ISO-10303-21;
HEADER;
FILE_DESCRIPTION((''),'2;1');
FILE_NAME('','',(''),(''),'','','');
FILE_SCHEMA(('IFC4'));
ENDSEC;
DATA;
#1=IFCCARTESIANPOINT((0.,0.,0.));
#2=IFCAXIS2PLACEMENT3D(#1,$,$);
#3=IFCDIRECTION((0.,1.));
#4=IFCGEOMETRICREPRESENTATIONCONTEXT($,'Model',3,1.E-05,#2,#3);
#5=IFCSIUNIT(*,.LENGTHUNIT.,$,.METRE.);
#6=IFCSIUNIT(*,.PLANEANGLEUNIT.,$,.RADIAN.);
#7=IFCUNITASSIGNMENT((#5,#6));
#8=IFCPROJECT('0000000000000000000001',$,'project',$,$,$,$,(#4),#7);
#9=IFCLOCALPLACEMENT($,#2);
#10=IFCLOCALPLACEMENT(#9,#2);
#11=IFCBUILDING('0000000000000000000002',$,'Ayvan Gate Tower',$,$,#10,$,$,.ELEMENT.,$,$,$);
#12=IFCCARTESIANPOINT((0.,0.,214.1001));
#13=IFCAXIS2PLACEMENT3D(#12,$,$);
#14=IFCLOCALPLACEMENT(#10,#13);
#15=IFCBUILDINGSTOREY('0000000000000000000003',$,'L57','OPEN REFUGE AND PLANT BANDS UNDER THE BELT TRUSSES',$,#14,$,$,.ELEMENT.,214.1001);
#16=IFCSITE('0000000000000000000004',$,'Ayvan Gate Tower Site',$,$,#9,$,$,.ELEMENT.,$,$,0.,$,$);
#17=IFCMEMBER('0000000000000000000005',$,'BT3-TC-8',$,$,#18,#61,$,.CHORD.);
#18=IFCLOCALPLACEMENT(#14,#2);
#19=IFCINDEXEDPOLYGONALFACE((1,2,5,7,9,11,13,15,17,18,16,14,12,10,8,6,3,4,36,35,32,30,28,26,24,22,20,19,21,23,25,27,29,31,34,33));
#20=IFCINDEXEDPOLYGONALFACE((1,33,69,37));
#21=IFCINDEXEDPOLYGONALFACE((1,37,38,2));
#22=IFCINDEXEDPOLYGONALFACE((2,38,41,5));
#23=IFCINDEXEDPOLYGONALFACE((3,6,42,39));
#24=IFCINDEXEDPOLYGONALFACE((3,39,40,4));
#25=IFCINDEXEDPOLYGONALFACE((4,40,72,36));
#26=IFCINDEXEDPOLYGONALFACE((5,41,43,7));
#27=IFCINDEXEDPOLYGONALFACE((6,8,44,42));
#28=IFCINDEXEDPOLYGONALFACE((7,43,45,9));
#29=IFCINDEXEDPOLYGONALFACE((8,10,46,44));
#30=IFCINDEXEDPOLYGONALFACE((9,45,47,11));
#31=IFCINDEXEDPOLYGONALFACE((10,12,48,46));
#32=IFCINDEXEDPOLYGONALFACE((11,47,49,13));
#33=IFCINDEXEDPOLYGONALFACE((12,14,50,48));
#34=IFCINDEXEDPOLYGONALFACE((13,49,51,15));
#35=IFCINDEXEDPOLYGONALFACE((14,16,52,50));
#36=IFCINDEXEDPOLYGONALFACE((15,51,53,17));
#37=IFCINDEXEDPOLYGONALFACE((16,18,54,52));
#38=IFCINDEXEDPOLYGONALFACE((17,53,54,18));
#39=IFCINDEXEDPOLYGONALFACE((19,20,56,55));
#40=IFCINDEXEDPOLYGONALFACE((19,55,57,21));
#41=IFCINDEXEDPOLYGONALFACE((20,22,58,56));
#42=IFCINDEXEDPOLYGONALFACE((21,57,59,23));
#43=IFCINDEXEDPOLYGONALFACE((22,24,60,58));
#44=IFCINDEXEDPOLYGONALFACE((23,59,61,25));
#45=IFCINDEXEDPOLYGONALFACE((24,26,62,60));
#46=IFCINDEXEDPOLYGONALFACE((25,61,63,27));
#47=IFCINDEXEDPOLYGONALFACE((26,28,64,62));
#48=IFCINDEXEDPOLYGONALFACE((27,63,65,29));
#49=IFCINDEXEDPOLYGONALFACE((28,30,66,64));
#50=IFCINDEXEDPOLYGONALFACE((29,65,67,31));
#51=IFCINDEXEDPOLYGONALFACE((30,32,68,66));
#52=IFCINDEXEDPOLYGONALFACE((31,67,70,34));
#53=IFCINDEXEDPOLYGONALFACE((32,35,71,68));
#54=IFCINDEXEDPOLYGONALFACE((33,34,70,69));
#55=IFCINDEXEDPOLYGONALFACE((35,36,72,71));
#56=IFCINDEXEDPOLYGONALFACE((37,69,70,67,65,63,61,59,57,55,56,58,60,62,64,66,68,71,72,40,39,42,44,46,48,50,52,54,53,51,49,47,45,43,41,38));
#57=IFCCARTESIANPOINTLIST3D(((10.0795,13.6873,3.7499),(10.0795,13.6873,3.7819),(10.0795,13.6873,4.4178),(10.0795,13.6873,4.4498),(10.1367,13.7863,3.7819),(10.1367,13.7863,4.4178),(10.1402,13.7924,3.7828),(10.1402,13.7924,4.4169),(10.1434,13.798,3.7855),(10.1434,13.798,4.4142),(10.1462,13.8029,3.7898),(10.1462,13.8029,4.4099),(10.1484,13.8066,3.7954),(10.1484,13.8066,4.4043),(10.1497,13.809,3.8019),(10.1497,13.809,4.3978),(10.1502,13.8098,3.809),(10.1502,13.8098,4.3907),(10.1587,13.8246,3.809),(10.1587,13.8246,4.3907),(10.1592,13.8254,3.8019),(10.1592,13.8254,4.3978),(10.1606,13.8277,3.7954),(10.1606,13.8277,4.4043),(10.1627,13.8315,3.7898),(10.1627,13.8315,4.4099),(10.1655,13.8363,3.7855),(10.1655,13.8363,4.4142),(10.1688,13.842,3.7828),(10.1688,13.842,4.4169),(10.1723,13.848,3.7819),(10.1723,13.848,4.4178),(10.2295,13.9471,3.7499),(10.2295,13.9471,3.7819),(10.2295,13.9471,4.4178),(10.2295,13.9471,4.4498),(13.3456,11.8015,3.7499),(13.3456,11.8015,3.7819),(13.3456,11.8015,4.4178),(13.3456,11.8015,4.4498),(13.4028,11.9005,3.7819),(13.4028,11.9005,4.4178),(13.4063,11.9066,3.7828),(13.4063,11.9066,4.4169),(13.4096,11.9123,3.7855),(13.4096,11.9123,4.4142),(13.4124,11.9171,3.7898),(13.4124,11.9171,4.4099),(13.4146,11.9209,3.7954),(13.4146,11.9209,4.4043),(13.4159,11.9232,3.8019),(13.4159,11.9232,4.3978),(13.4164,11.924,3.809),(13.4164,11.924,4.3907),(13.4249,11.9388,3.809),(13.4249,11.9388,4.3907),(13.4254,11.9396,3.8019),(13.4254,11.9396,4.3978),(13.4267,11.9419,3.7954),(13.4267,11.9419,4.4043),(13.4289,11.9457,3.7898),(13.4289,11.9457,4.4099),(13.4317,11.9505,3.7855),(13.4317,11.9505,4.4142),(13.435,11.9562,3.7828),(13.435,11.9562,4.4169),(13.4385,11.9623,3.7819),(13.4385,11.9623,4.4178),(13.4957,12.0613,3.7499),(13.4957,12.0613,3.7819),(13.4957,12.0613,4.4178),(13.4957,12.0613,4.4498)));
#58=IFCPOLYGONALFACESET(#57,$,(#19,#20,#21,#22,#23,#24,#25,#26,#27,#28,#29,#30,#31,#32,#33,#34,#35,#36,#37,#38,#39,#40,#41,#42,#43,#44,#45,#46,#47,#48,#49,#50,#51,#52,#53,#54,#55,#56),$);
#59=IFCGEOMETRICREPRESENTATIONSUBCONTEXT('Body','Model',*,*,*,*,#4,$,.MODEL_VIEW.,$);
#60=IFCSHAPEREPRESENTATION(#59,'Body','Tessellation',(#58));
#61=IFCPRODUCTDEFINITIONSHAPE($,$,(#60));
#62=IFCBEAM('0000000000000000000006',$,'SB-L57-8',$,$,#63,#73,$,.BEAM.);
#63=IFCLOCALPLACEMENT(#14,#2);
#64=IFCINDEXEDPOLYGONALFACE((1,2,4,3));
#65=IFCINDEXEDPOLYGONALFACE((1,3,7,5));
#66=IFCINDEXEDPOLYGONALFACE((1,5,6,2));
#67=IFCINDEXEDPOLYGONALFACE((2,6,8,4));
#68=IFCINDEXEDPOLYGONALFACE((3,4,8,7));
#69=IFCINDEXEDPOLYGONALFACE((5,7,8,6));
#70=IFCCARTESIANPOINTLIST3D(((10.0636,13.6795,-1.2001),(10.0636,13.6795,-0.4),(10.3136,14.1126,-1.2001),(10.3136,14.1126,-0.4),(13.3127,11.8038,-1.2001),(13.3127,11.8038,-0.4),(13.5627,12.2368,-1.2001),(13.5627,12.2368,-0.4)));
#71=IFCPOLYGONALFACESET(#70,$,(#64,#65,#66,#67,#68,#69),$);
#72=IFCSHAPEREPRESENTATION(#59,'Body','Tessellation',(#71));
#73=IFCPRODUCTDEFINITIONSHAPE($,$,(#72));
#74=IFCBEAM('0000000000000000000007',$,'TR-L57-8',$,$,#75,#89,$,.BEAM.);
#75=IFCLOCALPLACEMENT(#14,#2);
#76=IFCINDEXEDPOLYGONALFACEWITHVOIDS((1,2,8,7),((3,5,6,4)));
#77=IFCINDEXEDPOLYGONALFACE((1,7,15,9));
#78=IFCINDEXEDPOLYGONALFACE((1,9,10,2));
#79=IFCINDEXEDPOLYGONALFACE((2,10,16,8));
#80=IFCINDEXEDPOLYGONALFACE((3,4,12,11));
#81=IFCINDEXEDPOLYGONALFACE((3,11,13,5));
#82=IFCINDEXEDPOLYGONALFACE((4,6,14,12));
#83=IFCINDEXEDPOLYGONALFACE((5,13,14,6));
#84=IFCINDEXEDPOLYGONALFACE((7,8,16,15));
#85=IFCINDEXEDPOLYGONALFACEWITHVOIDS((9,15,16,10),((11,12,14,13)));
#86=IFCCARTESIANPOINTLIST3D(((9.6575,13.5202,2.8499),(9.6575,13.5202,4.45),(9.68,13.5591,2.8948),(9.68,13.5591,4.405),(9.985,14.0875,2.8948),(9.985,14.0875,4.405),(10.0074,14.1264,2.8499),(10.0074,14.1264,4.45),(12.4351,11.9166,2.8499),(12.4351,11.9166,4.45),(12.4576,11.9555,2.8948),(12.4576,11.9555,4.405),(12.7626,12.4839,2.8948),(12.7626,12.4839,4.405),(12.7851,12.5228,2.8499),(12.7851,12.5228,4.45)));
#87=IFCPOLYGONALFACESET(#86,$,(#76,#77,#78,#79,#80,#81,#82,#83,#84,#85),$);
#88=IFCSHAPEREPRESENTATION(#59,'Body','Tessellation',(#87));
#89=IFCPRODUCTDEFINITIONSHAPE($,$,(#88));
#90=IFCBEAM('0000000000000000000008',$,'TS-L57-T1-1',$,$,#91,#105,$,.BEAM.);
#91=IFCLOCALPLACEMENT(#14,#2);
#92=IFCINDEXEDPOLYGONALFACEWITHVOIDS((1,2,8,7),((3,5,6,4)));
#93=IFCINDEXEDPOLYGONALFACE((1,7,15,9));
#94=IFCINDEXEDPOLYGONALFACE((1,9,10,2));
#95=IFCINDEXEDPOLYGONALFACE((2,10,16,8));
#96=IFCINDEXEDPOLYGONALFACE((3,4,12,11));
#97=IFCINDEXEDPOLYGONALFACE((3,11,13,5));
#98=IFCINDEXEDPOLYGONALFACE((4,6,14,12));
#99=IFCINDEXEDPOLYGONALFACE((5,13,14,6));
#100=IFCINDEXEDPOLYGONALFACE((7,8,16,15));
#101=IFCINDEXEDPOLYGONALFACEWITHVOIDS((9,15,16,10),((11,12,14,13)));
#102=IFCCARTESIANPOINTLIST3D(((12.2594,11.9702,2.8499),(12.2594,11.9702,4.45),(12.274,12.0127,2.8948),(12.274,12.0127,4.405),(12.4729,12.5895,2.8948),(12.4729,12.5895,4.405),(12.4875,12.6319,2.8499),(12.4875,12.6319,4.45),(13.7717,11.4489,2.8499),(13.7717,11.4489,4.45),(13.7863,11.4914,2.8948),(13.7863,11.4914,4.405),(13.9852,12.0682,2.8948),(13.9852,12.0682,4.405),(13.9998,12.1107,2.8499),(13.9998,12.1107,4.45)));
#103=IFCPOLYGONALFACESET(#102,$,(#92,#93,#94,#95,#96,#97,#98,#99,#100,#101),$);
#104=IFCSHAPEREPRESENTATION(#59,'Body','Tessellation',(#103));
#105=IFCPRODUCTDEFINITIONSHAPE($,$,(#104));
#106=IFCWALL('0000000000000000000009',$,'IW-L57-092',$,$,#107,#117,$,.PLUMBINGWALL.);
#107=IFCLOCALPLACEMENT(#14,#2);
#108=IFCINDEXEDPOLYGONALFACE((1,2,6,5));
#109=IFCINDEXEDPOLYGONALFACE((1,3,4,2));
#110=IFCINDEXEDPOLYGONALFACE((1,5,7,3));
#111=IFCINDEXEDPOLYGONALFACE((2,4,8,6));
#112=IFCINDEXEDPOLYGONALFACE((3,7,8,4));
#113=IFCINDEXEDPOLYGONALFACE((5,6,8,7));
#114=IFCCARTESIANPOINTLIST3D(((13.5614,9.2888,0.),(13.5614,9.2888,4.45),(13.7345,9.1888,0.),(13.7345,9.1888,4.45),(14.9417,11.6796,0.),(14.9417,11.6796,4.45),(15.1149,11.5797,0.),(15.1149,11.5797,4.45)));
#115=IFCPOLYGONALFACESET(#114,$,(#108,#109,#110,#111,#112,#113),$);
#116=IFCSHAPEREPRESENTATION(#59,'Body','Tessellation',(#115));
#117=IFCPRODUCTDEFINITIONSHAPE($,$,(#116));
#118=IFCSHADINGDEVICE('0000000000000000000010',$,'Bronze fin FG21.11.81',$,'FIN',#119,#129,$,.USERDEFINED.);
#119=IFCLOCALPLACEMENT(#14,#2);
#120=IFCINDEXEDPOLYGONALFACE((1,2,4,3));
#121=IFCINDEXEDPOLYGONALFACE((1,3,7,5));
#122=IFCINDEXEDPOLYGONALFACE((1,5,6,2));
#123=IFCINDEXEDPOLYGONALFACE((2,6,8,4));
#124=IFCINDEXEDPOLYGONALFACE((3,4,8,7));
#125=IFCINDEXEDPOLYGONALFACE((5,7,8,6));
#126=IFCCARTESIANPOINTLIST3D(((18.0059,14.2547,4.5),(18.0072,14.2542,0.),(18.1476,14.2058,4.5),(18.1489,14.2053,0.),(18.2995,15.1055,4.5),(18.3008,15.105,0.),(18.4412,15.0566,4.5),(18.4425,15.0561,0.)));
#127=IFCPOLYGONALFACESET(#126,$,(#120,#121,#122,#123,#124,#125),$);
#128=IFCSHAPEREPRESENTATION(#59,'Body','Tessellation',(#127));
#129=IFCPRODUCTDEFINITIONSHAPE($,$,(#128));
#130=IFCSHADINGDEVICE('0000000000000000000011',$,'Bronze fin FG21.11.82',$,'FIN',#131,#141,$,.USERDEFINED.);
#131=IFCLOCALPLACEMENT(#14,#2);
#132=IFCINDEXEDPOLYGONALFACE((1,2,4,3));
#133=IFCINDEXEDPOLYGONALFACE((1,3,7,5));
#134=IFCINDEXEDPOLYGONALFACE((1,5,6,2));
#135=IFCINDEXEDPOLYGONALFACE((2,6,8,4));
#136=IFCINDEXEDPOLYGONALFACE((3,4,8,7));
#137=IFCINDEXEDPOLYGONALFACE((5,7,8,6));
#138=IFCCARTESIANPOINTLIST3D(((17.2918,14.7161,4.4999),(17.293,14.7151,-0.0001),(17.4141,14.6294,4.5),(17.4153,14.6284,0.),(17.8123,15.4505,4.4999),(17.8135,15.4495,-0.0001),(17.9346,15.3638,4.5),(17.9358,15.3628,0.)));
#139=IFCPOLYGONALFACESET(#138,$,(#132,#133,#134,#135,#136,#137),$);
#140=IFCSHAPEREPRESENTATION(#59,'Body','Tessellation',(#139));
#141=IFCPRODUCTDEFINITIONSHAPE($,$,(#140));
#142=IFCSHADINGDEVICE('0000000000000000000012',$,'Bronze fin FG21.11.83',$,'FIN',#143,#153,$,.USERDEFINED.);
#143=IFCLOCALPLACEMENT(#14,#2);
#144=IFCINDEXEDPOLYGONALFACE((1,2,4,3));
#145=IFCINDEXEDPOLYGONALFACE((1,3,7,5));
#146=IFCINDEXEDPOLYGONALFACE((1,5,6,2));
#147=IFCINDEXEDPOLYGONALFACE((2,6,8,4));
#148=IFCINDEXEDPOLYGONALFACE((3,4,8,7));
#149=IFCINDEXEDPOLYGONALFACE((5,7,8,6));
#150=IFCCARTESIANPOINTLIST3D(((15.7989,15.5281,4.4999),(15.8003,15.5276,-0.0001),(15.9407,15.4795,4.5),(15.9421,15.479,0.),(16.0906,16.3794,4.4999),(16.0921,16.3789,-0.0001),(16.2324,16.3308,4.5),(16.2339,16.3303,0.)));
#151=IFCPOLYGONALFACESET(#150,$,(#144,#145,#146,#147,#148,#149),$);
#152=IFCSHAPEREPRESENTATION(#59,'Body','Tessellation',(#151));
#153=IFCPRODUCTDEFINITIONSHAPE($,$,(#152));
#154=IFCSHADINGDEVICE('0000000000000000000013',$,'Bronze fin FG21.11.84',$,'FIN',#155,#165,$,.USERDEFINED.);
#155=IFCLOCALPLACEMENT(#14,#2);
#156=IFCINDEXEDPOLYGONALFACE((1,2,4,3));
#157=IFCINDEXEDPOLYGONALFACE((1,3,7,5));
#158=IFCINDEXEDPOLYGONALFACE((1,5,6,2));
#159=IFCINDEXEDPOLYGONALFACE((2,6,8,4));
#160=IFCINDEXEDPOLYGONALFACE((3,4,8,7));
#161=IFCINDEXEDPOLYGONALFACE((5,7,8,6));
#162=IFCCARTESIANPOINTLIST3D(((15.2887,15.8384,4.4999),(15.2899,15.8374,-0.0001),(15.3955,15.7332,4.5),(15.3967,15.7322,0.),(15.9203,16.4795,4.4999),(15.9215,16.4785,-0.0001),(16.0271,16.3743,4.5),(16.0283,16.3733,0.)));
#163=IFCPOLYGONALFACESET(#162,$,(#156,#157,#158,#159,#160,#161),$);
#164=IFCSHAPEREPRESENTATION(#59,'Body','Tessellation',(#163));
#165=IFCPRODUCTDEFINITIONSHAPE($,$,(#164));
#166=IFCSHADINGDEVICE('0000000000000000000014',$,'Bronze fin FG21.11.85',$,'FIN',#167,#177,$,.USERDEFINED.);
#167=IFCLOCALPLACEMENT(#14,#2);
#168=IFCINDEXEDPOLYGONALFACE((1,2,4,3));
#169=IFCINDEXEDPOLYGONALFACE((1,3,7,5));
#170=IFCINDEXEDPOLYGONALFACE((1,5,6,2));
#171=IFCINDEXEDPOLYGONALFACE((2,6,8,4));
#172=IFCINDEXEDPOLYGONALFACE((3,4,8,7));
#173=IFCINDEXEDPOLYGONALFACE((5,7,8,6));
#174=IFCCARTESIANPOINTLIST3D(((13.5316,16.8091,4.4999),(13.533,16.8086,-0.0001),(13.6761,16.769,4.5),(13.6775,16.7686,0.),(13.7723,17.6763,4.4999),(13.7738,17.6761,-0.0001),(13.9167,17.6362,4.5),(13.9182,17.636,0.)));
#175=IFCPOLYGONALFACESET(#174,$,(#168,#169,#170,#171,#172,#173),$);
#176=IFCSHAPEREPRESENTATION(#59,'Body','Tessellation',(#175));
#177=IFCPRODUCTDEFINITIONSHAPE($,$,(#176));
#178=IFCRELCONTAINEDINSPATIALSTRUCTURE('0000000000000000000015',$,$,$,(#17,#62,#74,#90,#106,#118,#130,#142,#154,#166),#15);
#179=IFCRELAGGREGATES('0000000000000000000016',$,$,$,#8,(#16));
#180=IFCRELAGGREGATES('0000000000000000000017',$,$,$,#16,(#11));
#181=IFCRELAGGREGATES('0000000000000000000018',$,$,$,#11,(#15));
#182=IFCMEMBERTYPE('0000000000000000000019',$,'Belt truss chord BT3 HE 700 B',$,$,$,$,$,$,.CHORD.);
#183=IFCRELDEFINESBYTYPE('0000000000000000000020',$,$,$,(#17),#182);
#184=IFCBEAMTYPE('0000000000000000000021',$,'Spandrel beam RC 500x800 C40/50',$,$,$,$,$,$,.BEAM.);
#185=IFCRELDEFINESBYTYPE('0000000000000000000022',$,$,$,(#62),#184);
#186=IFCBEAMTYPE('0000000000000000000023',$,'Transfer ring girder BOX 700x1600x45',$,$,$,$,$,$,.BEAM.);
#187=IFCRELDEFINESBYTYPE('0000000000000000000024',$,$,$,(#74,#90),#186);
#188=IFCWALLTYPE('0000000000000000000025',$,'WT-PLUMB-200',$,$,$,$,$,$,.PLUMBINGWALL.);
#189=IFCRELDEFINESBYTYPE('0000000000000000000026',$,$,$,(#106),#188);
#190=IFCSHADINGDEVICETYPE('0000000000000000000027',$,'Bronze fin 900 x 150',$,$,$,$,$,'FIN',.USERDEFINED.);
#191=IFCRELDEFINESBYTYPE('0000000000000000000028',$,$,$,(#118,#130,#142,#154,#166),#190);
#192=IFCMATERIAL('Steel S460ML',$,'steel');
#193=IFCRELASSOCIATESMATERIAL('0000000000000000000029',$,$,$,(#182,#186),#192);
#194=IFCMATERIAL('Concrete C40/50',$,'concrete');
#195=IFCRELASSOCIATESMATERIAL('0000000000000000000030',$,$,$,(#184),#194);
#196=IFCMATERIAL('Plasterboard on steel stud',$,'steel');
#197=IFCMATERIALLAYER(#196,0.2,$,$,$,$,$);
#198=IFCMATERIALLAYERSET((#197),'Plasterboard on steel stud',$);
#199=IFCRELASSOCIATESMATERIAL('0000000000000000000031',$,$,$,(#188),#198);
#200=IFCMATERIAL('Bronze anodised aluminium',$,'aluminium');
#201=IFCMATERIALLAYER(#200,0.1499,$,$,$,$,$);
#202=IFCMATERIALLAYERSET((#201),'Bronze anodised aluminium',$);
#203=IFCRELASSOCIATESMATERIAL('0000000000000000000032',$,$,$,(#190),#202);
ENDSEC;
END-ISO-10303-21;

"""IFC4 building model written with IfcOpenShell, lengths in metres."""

from ifc_helpers import new_model, si_unit, direction, frame, frame_2d, origin, origin_2d, place, context, subcontext, project, spatial, polyline, rectangle, hollow_rectangle, i_section, outline, extrude, material, layer, layer_set, material_profile, profile_set, type_object, element, save


model = new_model("IFC4")

# Units and contexts
model_context = context("Model", 3, precision=1e-05, world=origin(), true_north=direction((0.0, 1.0)))
body_context = subcontext(model_context, "Body", "Model", "MODEL_VIEW")
ifc_project = project(units=[si_unit("LENGTHUNIT", "METRE"), si_unit("PLANEANGLEUNIT", "RADIAN")], contexts=[model_context])

# Site, building, storey
site_placement = place(None, origin())
site = spatial("IfcSite", under=ifc_project, at=site_placement, Name="Ayvan Gate Tower Site", CompositionType="ELEMENT", RefElevation=0.0)
building_placement = place(site_placement, origin())
building = spatial("IfcBuilding", under=site, at=building_placement, Name="Ayvan Gate Tower", CompositionType="ELEMENT")
storey_placement = place(building_placement, frame((0.0, 0.0, 214.1001)))
storey = spatial("IfcBuildingStorey", under=building, at=storey_placement, Name="L57", Description="OPEN REFUGE AND PLANT BANDS UNDER THE BELT TRUSSES", CompositionType="ELEMENT", Elevation=214.1001)

# Member
ifc_material_1 = material(Name="Steel S460ML", Category="steel")
ifc_material_profile_1 = material_profile(ifc_material_1, i_section(OverallWidth=0.3, OverallDepth=0.7, WebThickness=0.0171, FlangeThickness=0.032, FilletRadius=0.0271, at=origin_2d()), Name="HE 700 B")
ifc_profile_set_1 = profile_set([ifc_material_profile_1], Name="Steel S460ML")
member_type_1 = type_object("IfcMemberType", Name="Belt truss chord BT3 HE 700 B", PredefinedType="CHORD", material=ifc_profile_set_1)
member_1_placement = place(storey_placement, frame((13.4207, 11.9314, 4.0999), z_axis=(-0.86602, 0.50001, 0.0), x_axis=(-0.50001, -0.86602, 0.0)))
element("IfcMember", 1, at=member_1_placement, inside=storey, type_object=member_type_1, Name="BT3-TC-8", PredefinedType="CHORD", context=body_context, shape_type="SweptSolid", body=[
    extrude(i_section(OverallWidth=0.3, OverallDepth=0.7, WebThickness=0.0171, FlangeThickness=0.032, FilletRadius=0.0271, at=origin_2d()), origin(), (0.0, 0.0, 1.0), 3.7715),
])

# Beams
ifc_material_2 = material(Name="Concrete C40/50", Category="concrete")
ifc_material_profile_2 = material_profile(ifc_material_2, rectangle(XDim=0.5, YDim=0.8, at=origin_2d()), Name="RC 500x800")
ifc_profile_set_2 = profile_set([ifc_material_profile_2], Name="Concrete C40/50")
beam_type_1 = type_object("IfcBeamType", Name="Spandrel beam RC 500x800 C40/50", PredefinedType="BEAM", material=ifc_profile_set_2)
beam_1_placement = place(storey_placement, frame((13.4377, 12.0203, -0.8), z_axis=(-0.866036, 0.499982, 0.0), x_axis=(-0.499982, -0.866036, 0.0)))
element("IfcBeam", 2, at=beam_1_placement, inside=storey, type_object=beam_type_1, Name="SB-L57-8", PredefinedType="BEAM", context=body_context, shape_type="SweptSolid", body=[
    extrude(rectangle(XDim=0.5, YDim=0.8, at=origin_2d()), origin(), (0.0, 0.0, 1.0), 3.7517),
])
ifc_material_profile_3 = material_profile(ifc_material_1, hollow_rectangle(XDim=0.7, YDim=1.6001, WallThickness=0.0449, at=origin_2d()), Name="BOX 700x1600x45")
ifc_profile_set_3 = profile_set([ifc_material_profile_3], Name="Steel S460ML")
beam_type_2 = type_object("IfcBeamType", Name="Transfer ring girder BOX 700x1600x45", PredefinedType="BEAM", material=ifc_profile_set_3)
beam_2_placement = place(storey_placement, frame((12.6101, 12.2197, 3.6499), z_axis=(-0.866042, 0.499971, 0.0), x_axis=(-0.499971, -0.866042, 0.0)))
element("IfcBeam", 3, at=beam_2_placement, inside=storey, type_object=beam_type_2, Name="TR-L57-8", PredefinedType="BEAM", context=body_context, shape_type="SweptSolid", body=[
    extrude(hollow_rectangle(XDim=0.7, YDim=1.6001, WallThickness=0.0449, at=origin_2d()), origin(), (0.0, 0.0, 1.0), 3.2073),
])
beam_3_placement = place(storey_placement, frame((13.8857, 11.7798, 3.6499), z_axis=(-0.945414, 0.325873, 0.0), x_axis=(-0.325873, -0.945414, 0.0)))
element("IfcBeam", 4, at=beam_3_placement, inside=storey, type_object=beam_type_2, Name="TS-L57-T1-1", PredefinedType="BEAM", context=body_context, shape_type="SweptSolid", body=[
    extrude(hollow_rectangle(XDim=0.7, YDim=1.6001, WallThickness=0.0449, at=origin_2d()), origin(), (0.0, 0.0, 1.0), 1.5996),
])

# Wall
ifc_material_3 = material(Name="Plasterboard on steel stud", Category="steel")
ifc_layer_1 = layer(ifc_material_3, 0.2)
ifc_layer_set_1 = layer_set([ifc_layer_1], Name="Plasterboard on steel stud")
wall_type = type_object("IfcWallType", Name="WT-PLUMB-200", PredefinedType="PLUMBINGWALL", material=ifc_layer_set_1)
wall_placement = place(storey_placement, frame((15.0283, 11.6296, 0.0), z_axis=(0.0, 0.0, 1.0), x_axis=(-0.500001, -0.866025, 0.0)))
element("IfcWall", 5, at=wall_placement, inside=storey, type_object=wall_type, Name="IW-L57-092", PredefinedType="PLUMBINGWALL", context=body_context, shape_type="SweptSolid", body=[
    extrude(rectangle(XDim=2.7607, YDim=0.2, at=frame_2d((1.3804, 0.0))), origin(), (0.0, 0.0, 1.0), 4.45),
])

# Shading devices
ifc_material_4 = material(Name="Bronze anodised aluminium", Category="aluminium")
ifc_layer_2 = layer(ifc_material_4, 0.1499)
ifc_layer_set_2 = layer_set([ifc_layer_2], Name="Bronze anodised aluminium")
shading_device_type = type_object("IfcShadingDeviceType", Name="Bronze fin 900 x 150", ElementType="FIN", PredefinedType="USERDEFINED", material=ifc_layer_set_2)
shading_device_1_placement = place(storey_placement, frame((18.1489, 14.2053, 0.0), z_axis=(0.945308, -0.326179, 0.000317), x_axis=(0.326179, 0.945308, 0.0)))
element("IfcShadingDevice", 6, at=shading_device_1_placement, inside=storey, type_object=shading_device_type, Name="Bronze fin FG21.11.81", ObjectType="FIN", PredefinedType="USERDEFINED", context=body_context, shape_type="SweptSolid", body=[
    extrude(outline(polyline([(0.0, 0.0), (0.9, 0.0), (0.9001, 4.5), (0.0, 4.5), (0.0, 0.0)])), origin(), (0.0, 0.0, -1.0), 0.1499),
])
shading_device_2_placement = place(storey_placement, frame((17.4153, 14.6284, 0.0), z_axis=(0.815854, -0.578258, 0.000347), x_axis=(0.578258, 0.815854, 0.0)))
element("IfcShadingDevice", 7, at=shading_device_2_placement, inside=storey, type_object=shading_device_type, Name="Bronze fin FG21.11.82", ObjectType="FIN", PredefinedType="USERDEFINED", context=body_context, shape_type="SweptSolid", body=[
    extrude(outline(polyline([(0.0, 0.0), (0.9001, 0.0), (0.9002, 4.5), (0.0001, 4.5), (0.0, 0.0)])), origin(), (0.0, 0.0, -1.0), 0.1499),
])
shading_device_3_placement = place(storey_placement, frame((15.9421, 15.479, 0.0), z_axis=(0.945991, -0.324193, 0.000343), x_axis=(0.324193, 0.945991, 0.0)))
element("IfcShadingDevice", 8, at=shading_device_3_placement, inside=storey, type_object=shading_device_type, Name="Bronze fin FG21.11.83", ObjectType="FIN", PredefinedType="USERDEFINED", context=body_context, shape_type="SweptSolid", body=[
    extrude(outline(polyline([(0.0, 0.0), (0.8999, 0.0), (0.8999, 4.5), (0.0, 4.5), (0.0, 0.0)])), origin(), (0.0, 0.0, -1.0), 0.1499),
])
shading_device_4_placement = place(storey_placement, frame((15.3967, 15.7322, 0.0), z_axis=(0.712377, -0.701797, 0.000346), x_axis=(0.701797, 0.712377, 0.0)))
element("IfcShadingDevice", 9, at=shading_device_4_placement, inside=storey, type_object=shading_device_type, Name="Bronze fin FG21.11.84", ObjectType="FIN", PredefinedType="USERDEFINED", context=body_context, shape_type="SweptSolid", body=[
    extrude(outline(polyline([(0.0, 0.0), (0.9, 0.0), (0.8998, 4.5), (-0.0002, 4.5), (0.0, 0.0)])), origin(), (0.0, 0.0, -1.0), 0.1499),
])
shading_device_5_placement = place(storey_placement, frame((13.6775, 16.7686, 0.0), z_axis=(0.963574, -0.267441, 0.000335), x_axis=(0.267441, 0.963574, 0.0)))
element("IfcShadingDevice", 10, at=shading_device_5_placement, inside=storey, type_object=shading_device_type, Name="Bronze fin FG21.11.85", ObjectType="FIN", PredefinedType="USERDEFINED", context=body_context, shape_type="SweptSolid", body=[
    extrude(outline(polyline([(0.0, 0.0), (0.9002, 0.0), (0.9001, 4.5), (0.0001, 4.5), (0.0, 0.0)])), origin(), (0.0, 0.0, -1.0), 0.1499),
])

save(model, "model.ifc")
